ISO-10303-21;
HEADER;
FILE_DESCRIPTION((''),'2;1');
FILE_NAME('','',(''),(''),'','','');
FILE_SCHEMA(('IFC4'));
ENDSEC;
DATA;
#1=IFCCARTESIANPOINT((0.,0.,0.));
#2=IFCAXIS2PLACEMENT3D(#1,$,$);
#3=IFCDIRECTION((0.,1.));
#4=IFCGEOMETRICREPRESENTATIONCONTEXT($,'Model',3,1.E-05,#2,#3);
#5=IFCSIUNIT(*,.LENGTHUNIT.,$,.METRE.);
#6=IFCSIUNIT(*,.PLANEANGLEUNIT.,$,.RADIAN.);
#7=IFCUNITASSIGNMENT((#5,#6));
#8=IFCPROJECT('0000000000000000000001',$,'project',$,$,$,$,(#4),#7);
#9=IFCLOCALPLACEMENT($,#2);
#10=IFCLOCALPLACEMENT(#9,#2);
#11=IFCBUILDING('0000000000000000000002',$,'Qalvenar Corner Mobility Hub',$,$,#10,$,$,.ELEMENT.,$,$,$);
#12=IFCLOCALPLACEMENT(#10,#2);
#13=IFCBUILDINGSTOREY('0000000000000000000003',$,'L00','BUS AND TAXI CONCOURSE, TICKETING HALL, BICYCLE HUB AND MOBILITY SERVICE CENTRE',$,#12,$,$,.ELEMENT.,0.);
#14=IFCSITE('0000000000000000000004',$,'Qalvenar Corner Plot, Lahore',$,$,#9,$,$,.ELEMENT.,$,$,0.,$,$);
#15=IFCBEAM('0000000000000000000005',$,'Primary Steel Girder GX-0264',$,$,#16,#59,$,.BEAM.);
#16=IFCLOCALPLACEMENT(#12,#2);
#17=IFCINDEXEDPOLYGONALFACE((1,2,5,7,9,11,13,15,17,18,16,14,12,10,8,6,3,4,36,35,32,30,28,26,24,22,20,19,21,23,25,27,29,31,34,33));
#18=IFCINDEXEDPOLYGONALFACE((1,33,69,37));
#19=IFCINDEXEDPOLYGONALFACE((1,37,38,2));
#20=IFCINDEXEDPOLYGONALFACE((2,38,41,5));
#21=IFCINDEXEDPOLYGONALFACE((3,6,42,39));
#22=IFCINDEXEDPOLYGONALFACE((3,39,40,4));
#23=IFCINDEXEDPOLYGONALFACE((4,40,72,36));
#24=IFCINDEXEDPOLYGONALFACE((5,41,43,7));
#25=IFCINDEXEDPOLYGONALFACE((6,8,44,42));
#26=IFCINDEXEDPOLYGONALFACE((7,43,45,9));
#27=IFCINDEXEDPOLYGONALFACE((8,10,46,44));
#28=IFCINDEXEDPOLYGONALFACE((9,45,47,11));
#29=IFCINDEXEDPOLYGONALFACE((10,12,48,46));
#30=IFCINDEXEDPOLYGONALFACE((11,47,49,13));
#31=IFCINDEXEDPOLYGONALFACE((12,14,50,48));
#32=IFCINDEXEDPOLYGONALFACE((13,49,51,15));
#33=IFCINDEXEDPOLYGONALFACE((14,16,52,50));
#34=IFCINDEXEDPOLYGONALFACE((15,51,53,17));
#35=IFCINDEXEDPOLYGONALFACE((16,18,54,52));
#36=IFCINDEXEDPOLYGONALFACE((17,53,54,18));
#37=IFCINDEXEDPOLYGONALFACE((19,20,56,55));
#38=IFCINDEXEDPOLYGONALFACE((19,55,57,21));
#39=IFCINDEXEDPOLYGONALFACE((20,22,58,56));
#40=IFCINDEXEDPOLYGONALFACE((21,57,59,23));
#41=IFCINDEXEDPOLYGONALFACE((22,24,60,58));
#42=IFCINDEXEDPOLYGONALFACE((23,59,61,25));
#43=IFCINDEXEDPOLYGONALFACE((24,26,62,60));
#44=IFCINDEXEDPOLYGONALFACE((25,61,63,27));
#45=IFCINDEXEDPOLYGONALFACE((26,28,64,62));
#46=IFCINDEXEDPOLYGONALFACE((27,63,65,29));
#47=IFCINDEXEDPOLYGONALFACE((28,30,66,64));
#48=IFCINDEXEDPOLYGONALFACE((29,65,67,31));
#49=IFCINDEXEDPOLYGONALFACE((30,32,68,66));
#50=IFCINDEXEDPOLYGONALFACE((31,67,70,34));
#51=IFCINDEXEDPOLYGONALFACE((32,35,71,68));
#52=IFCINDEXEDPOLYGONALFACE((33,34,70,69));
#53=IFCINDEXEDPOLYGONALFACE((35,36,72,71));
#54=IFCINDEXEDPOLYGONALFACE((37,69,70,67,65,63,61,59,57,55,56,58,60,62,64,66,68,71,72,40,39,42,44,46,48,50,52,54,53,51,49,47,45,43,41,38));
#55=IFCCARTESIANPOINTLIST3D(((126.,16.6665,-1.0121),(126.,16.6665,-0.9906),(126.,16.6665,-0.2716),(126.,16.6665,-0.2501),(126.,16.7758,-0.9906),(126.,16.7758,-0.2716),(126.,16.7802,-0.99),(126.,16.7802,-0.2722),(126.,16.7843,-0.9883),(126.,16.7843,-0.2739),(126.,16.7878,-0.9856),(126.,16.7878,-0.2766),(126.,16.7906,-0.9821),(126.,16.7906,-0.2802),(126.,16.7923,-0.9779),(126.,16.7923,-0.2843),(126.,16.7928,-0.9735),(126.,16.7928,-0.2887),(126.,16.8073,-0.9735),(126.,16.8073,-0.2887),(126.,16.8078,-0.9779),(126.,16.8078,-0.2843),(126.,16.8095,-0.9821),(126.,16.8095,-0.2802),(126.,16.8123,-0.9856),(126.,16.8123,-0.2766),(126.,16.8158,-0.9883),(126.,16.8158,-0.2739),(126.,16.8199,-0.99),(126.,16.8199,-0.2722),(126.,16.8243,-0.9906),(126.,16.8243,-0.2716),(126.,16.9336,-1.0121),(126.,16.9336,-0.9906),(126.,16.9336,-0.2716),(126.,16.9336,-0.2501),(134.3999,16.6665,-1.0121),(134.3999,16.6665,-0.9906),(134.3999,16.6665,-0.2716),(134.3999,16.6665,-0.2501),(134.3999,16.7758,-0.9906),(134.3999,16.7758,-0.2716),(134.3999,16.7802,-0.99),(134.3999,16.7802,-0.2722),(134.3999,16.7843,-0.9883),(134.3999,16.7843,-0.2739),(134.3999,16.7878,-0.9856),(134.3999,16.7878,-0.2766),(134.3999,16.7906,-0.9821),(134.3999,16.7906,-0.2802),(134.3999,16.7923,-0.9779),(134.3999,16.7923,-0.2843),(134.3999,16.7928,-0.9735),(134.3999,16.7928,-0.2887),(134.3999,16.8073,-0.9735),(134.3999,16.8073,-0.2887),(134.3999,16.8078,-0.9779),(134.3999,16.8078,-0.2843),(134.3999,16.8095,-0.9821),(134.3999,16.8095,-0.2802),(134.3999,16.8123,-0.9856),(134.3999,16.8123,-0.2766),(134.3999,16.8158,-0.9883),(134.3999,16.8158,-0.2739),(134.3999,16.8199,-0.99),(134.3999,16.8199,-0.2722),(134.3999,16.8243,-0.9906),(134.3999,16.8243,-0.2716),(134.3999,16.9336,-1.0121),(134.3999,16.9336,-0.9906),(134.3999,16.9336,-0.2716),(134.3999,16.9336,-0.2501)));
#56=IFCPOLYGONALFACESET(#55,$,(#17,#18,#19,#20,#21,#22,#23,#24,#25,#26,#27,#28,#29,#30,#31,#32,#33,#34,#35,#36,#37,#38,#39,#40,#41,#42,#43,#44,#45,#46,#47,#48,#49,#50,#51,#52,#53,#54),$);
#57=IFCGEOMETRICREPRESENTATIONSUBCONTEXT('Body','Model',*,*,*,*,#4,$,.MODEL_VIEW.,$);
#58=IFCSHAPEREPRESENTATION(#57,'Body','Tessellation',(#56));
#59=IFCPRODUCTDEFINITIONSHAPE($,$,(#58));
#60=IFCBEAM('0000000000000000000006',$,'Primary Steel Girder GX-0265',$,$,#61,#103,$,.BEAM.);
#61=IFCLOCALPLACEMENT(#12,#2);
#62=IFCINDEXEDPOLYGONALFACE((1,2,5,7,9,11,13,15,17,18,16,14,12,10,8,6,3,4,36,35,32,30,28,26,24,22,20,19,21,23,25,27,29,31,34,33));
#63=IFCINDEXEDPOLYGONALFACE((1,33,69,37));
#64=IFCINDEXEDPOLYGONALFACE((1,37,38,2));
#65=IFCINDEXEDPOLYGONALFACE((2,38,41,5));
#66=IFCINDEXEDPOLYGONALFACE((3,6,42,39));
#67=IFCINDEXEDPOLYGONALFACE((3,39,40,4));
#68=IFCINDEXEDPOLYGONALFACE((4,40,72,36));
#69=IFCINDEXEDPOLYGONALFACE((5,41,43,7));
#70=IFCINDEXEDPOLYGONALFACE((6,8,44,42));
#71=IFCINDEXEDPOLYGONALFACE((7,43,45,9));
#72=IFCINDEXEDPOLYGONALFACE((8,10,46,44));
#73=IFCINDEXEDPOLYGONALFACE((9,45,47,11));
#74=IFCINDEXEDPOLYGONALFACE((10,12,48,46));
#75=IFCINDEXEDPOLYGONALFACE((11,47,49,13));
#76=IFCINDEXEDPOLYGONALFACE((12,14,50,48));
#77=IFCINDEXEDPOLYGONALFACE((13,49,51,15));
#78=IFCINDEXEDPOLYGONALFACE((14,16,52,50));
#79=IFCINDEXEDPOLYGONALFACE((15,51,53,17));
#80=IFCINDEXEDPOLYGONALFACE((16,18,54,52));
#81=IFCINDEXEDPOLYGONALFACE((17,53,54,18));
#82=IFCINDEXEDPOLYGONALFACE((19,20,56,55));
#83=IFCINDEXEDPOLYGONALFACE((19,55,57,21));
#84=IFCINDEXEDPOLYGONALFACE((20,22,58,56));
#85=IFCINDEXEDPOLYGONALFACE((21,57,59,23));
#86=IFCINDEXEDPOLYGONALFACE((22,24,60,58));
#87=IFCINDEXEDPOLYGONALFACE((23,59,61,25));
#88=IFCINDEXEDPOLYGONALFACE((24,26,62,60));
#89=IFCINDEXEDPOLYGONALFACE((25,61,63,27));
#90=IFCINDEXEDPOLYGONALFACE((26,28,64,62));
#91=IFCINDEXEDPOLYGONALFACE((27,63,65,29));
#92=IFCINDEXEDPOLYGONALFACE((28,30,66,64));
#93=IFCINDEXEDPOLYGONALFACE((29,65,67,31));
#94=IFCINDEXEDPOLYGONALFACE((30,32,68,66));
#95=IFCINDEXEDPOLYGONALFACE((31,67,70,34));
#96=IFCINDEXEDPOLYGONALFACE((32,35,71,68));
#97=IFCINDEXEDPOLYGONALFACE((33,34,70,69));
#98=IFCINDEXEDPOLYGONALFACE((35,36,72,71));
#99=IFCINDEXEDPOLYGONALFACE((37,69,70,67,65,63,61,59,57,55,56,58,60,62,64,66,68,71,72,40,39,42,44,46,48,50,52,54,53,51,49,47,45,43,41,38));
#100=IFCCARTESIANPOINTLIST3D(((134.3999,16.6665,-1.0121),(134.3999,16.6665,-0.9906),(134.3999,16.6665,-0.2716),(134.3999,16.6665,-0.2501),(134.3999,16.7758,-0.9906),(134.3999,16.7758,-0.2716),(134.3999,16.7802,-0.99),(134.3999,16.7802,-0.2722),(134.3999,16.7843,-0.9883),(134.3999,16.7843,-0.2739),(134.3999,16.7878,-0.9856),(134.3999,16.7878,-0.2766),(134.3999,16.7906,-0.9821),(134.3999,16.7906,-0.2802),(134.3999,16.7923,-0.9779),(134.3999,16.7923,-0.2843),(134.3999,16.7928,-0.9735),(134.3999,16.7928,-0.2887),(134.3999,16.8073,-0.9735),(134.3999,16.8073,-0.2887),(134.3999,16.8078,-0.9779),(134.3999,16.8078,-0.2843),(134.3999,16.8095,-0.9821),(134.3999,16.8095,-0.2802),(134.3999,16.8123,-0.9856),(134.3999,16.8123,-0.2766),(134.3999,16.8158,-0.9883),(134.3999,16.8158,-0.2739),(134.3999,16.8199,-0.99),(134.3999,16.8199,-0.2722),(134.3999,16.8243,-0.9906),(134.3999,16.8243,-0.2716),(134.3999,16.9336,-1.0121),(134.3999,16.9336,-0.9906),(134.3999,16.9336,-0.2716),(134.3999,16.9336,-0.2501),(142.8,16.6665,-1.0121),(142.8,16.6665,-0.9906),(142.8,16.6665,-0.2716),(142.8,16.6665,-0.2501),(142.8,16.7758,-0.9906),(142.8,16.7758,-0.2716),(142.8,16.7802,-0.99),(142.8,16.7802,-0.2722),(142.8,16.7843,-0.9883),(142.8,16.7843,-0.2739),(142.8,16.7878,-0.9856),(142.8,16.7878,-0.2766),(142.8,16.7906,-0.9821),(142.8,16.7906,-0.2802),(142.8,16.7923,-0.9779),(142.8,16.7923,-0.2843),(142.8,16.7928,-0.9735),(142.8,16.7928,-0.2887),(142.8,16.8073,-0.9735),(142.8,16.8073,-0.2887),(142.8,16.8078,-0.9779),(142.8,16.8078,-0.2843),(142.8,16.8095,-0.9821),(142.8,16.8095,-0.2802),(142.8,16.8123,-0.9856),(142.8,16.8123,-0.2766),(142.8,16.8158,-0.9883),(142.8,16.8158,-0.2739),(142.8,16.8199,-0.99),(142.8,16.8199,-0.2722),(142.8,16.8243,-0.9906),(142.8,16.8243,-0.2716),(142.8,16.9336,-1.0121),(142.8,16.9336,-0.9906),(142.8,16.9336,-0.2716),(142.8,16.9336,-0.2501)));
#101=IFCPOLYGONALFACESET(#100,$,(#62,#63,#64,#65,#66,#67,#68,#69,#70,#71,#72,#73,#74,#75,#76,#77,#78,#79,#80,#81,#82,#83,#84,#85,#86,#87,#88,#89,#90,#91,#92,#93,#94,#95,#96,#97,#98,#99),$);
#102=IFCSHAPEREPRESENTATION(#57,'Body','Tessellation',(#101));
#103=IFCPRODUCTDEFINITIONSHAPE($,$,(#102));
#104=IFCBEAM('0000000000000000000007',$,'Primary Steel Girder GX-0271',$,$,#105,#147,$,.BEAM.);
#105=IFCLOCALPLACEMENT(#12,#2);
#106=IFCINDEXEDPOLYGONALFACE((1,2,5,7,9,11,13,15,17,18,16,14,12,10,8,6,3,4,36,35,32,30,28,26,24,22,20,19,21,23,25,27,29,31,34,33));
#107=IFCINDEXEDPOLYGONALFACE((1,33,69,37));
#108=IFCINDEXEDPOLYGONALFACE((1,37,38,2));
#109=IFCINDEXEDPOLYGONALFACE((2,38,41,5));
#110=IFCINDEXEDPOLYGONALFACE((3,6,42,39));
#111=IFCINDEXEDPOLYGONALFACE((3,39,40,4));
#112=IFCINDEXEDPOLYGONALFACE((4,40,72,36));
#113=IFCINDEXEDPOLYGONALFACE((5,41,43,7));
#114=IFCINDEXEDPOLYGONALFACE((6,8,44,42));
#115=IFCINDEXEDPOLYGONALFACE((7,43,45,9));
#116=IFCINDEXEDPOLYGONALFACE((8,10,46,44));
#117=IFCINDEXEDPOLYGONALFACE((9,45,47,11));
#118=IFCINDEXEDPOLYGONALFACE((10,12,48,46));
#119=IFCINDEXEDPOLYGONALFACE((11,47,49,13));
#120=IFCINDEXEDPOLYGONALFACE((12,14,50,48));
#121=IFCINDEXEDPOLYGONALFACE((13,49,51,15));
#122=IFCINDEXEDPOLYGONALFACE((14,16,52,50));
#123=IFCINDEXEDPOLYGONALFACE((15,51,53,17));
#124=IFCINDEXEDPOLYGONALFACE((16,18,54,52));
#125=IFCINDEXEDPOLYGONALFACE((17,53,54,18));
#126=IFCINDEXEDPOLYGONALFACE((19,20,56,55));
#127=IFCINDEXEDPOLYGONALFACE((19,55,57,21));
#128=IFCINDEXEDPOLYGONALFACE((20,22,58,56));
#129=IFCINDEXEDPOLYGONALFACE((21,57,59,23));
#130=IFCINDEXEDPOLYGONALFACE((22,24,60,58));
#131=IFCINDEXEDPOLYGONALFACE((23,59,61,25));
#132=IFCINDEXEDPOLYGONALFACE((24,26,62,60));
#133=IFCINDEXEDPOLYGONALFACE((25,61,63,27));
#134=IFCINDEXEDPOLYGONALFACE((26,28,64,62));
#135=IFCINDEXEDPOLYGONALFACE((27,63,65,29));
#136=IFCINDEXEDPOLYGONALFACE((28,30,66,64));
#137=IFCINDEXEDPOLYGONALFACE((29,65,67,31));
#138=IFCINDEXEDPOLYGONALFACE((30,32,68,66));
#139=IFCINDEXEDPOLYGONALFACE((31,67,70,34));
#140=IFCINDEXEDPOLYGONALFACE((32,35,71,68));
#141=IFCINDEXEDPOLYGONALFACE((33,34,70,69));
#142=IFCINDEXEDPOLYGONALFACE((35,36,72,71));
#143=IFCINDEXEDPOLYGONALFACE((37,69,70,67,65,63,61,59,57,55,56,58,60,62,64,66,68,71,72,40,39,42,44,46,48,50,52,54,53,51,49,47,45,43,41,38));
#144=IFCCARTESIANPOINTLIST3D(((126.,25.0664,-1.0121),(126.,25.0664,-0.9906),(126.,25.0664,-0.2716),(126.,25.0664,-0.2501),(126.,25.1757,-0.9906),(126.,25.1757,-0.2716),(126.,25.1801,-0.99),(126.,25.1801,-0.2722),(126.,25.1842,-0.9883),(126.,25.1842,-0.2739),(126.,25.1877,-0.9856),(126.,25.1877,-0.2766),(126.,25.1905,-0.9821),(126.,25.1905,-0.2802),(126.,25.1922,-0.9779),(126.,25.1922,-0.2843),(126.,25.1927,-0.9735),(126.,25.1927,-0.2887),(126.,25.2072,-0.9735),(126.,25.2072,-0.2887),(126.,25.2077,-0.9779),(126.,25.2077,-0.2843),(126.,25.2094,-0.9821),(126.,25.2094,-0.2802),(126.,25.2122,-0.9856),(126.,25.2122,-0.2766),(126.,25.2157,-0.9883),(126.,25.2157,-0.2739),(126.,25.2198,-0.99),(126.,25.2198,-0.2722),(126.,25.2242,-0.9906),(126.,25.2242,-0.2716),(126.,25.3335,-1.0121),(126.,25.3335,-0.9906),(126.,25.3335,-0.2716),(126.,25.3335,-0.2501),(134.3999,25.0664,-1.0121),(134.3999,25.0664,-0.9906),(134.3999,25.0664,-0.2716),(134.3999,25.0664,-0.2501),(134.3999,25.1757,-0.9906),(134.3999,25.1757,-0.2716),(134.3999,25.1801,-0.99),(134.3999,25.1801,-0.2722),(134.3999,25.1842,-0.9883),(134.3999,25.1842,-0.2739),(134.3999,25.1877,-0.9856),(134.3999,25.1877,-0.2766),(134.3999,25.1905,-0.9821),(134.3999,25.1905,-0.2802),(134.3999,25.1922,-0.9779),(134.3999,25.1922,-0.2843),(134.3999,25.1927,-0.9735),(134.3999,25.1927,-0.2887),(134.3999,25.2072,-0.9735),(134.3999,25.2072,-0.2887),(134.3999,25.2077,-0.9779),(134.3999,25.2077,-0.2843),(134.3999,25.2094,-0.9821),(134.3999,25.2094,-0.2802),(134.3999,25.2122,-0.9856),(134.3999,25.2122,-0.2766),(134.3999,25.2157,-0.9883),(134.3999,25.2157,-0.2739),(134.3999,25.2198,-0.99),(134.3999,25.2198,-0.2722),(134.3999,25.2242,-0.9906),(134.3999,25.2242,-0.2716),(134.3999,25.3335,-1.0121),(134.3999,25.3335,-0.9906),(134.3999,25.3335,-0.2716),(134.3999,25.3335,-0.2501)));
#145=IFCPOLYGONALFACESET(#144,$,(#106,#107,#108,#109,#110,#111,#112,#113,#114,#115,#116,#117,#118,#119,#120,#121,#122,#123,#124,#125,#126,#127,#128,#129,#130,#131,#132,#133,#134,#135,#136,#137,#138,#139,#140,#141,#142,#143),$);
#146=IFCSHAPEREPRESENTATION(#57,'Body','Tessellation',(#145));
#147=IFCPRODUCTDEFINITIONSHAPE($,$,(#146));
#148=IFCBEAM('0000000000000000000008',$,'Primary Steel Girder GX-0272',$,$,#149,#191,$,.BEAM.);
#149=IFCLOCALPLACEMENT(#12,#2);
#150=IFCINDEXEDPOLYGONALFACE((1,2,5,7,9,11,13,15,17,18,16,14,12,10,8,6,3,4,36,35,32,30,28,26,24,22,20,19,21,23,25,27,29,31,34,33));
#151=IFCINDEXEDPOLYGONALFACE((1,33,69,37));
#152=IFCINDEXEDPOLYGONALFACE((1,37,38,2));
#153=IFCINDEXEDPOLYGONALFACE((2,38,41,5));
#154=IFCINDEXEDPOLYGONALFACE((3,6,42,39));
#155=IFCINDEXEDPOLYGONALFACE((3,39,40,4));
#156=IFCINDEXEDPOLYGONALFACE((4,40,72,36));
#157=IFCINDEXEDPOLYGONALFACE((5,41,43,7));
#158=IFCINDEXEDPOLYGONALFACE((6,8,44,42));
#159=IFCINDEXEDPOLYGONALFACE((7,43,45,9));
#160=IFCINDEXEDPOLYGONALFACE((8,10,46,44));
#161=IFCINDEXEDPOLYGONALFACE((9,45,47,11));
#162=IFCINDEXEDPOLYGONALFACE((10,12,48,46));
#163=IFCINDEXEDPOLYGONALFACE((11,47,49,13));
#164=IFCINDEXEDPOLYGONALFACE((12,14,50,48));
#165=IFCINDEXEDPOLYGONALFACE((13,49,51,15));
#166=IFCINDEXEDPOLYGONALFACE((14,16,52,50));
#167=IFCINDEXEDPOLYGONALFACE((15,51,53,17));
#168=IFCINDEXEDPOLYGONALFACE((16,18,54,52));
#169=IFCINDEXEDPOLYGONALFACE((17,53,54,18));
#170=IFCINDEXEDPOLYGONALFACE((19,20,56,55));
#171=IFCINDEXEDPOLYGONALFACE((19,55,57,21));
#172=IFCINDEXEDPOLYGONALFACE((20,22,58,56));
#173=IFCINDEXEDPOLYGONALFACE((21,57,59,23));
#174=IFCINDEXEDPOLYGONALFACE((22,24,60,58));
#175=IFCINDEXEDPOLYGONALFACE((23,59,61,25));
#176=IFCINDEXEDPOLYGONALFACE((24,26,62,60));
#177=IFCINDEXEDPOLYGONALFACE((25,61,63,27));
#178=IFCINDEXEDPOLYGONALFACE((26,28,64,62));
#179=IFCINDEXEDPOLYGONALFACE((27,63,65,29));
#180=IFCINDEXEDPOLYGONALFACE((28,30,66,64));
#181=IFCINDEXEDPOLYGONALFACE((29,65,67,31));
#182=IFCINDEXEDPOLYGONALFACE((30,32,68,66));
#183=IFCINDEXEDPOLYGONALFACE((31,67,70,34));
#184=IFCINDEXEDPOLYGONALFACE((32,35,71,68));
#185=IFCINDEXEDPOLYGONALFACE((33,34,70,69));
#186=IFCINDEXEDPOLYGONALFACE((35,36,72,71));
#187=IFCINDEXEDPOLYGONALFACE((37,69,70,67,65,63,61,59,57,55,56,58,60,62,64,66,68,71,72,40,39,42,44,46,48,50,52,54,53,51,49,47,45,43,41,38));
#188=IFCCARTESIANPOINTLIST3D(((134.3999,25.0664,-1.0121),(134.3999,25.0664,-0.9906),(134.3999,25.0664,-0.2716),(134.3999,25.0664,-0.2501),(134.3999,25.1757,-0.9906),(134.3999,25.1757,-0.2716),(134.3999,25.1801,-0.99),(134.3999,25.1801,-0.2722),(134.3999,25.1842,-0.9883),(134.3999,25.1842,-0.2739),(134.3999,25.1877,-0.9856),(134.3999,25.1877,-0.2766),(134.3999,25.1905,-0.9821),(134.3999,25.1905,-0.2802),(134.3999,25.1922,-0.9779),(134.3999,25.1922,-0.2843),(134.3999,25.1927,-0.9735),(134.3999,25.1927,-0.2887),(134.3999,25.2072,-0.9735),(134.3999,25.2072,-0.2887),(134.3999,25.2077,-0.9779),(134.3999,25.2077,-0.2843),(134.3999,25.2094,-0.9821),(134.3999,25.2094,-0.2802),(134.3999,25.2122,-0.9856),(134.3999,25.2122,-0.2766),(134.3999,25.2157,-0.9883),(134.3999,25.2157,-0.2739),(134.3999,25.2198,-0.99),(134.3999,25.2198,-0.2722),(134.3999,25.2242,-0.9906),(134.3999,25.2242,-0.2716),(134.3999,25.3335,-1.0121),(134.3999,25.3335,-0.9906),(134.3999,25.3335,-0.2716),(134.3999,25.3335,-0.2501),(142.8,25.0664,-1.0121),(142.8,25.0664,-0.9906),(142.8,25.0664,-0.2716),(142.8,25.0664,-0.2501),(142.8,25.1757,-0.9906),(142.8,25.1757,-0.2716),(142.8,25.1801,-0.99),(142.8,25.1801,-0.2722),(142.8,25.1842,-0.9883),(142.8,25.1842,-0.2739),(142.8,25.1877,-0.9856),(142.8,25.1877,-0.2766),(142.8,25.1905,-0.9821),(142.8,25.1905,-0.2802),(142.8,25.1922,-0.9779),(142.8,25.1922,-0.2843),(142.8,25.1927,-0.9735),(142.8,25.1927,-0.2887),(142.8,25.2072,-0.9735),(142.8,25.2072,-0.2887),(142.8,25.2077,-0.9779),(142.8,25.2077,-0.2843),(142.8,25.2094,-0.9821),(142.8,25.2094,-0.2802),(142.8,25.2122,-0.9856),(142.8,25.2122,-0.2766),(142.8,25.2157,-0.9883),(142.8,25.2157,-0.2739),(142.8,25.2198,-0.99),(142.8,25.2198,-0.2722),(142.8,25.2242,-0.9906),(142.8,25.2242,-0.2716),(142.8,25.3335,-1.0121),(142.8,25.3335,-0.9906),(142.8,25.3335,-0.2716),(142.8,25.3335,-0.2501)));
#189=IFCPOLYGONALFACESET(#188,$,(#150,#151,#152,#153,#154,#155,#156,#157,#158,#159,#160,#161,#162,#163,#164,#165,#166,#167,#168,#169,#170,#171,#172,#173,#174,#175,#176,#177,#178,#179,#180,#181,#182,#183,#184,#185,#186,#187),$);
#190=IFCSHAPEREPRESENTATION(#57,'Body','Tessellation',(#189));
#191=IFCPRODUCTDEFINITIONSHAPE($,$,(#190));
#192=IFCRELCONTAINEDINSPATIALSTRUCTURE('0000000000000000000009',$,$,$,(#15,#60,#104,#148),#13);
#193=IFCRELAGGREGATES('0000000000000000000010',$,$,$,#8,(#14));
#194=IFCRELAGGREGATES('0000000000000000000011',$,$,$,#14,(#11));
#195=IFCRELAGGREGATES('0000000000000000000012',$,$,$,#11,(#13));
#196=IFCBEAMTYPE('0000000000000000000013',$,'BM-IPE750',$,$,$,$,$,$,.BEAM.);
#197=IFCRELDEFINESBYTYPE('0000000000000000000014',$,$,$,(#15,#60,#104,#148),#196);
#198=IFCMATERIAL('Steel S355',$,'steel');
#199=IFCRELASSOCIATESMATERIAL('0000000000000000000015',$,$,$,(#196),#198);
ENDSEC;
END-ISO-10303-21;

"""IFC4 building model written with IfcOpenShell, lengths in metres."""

from ifc_helpers import new_model, si_unit, direction, frame, origin, origin_2d, place, context, subcontext, project, spatial, i_section, extrude, material, material_profile, profile_set, type_object, element, save


model = new_model("IFC4")

# Units and contexts
model_context = context("Model", 3, precision=1e-05, world=origin(), true_north=direction((0.0, 1.0)))
body_context = subcontext(model_context, "Body", "Model", "MODEL_VIEW")
ifc_project = project(units=[si_unit("LENGTHUNIT", "METRE"), si_unit("PLANEANGLEUNIT", "RADIAN")], contexts=[model_context])

# Site, building, storey
site_placement = place(None, origin())
site = spatial("IfcSite", under=ifc_project, at=site_placement, Name="Qalvenar Corner Plot, Lahore", CompositionType="ELEMENT", RefElevation=0.0)
building_placement = place(site_placement, origin())
building = spatial("IfcBuilding", under=site, at=building_placement, Name="Qalvenar Corner Mobility Hub", CompositionType="ELEMENT")
storey_placement = place(building_placement, origin())
storey = spatial("IfcBuildingStorey", under=building, at=storey_placement, Name="L00", Description="BUS AND TAXI CONCOURSE, TICKETING HALL, BICYCLE HUB AND MOBILITY SERVICE CENTRE", CompositionType="ELEMENT", Elevation=0.0)

# Beams
ifc_material_1 = material(Name="Steel S355", Category="steel")
ifc_material_profile_1 = material_profile(ifc_material_1, i_section(OverallWidth=0.2671, OverallDepth=0.762, WebThickness=0.0144, FlangeThickness=0.0215, FilletRadius=0.0171, at=origin_2d()), Name="IPE750x173")
ifc_profile_set_1 = profile_set([ifc_material_profile_1], Name="Steel S355")
beam_type_1 = type_object("IfcBeamType", Name="BM-IPE750", PredefinedType="BEAM", material=ifc_profile_set_1)
beam_1_placement = place(storey_placement, frame((126.0, 16.8, -0.6311), z_axis=(1.0, 0.0, 0.0), x_axis=(0.0, 1.0, 0.0)))
element("IfcBeam", 1, at=beam_1_placement, inside=storey, type_object=beam_type_1, Name="Primary Steel Girder GX-0264", PredefinedType="BEAM", context=body_context, shape_type="SweptSolid", body=[
    extrude(i_section(OverallWidth=0.2671, OverallDepth=0.762, WebThickness=0.0144, FlangeThickness=0.0215, FilletRadius=0.0171, at=origin_2d()), origin(), (0.0, 0.0, 1.0), 8.3999),
])
beam_2_placement = place(storey_placement, frame((134.3999, 16.8, -0.6311), z_axis=(1.0, 0.0, 0.0), x_axis=(0.0, 1.0, 0.0)))
element("IfcBeam", 2, at=beam_2_placement, inside=storey, type_object=beam_type_1, Name="Primary Steel Girder GX-0265", PredefinedType="BEAM", context=body_context, shape_type="SweptSolid", body=[
    extrude(i_section(OverallWidth=0.2671, OverallDepth=0.762, WebThickness=0.0144, FlangeThickness=0.0215, FilletRadius=0.0171, at=origin_2d()), origin(), (0.0, 0.0, 1.0), 8.4001),
])
beam_3_placement = place(storey_placement, frame((126.0, 25.2, -0.6311), z_axis=(1.0, 0.0, 0.0), x_axis=(0.0, 1.0, 0.0)))
element("IfcBeam", 3, at=beam_3_placement, inside=storey, type_object=beam_type_1, Name="Primary Steel Girder GX-0271", PredefinedType="BEAM", context=body_context, shape_type="SweptSolid", body=[
    extrude(i_section(OverallWidth=0.2671, OverallDepth=0.762, WebThickness=0.0144, FlangeThickness=0.0215, FilletRadius=0.0171, at=origin_2d()), origin(), (0.0, 0.0, 1.0), 8.3999),
])
beam_4_placement = place(storey_placement, frame((134.3999, 25.2, -0.6311), z_axis=(1.0, 0.0, 0.0), x_axis=(0.0, 1.0, 0.0)))
element("IfcBeam", 4, at=beam_4_placement, inside=storey, type_object=beam_type_1, Name="Primary Steel Girder GX-0272", PredefinedType="BEAM", context=body_context, shape_type="SweptSolid", body=[
    extrude(i_section(OverallWidth=0.2671, OverallDepth=0.762, WebThickness=0.0144, FlangeThickness=0.0215, FilletRadius=0.0171, at=origin_2d()), origin(), (0.0, 0.0, 1.0), 8.4001),
])

save(model, "model.ifc")
